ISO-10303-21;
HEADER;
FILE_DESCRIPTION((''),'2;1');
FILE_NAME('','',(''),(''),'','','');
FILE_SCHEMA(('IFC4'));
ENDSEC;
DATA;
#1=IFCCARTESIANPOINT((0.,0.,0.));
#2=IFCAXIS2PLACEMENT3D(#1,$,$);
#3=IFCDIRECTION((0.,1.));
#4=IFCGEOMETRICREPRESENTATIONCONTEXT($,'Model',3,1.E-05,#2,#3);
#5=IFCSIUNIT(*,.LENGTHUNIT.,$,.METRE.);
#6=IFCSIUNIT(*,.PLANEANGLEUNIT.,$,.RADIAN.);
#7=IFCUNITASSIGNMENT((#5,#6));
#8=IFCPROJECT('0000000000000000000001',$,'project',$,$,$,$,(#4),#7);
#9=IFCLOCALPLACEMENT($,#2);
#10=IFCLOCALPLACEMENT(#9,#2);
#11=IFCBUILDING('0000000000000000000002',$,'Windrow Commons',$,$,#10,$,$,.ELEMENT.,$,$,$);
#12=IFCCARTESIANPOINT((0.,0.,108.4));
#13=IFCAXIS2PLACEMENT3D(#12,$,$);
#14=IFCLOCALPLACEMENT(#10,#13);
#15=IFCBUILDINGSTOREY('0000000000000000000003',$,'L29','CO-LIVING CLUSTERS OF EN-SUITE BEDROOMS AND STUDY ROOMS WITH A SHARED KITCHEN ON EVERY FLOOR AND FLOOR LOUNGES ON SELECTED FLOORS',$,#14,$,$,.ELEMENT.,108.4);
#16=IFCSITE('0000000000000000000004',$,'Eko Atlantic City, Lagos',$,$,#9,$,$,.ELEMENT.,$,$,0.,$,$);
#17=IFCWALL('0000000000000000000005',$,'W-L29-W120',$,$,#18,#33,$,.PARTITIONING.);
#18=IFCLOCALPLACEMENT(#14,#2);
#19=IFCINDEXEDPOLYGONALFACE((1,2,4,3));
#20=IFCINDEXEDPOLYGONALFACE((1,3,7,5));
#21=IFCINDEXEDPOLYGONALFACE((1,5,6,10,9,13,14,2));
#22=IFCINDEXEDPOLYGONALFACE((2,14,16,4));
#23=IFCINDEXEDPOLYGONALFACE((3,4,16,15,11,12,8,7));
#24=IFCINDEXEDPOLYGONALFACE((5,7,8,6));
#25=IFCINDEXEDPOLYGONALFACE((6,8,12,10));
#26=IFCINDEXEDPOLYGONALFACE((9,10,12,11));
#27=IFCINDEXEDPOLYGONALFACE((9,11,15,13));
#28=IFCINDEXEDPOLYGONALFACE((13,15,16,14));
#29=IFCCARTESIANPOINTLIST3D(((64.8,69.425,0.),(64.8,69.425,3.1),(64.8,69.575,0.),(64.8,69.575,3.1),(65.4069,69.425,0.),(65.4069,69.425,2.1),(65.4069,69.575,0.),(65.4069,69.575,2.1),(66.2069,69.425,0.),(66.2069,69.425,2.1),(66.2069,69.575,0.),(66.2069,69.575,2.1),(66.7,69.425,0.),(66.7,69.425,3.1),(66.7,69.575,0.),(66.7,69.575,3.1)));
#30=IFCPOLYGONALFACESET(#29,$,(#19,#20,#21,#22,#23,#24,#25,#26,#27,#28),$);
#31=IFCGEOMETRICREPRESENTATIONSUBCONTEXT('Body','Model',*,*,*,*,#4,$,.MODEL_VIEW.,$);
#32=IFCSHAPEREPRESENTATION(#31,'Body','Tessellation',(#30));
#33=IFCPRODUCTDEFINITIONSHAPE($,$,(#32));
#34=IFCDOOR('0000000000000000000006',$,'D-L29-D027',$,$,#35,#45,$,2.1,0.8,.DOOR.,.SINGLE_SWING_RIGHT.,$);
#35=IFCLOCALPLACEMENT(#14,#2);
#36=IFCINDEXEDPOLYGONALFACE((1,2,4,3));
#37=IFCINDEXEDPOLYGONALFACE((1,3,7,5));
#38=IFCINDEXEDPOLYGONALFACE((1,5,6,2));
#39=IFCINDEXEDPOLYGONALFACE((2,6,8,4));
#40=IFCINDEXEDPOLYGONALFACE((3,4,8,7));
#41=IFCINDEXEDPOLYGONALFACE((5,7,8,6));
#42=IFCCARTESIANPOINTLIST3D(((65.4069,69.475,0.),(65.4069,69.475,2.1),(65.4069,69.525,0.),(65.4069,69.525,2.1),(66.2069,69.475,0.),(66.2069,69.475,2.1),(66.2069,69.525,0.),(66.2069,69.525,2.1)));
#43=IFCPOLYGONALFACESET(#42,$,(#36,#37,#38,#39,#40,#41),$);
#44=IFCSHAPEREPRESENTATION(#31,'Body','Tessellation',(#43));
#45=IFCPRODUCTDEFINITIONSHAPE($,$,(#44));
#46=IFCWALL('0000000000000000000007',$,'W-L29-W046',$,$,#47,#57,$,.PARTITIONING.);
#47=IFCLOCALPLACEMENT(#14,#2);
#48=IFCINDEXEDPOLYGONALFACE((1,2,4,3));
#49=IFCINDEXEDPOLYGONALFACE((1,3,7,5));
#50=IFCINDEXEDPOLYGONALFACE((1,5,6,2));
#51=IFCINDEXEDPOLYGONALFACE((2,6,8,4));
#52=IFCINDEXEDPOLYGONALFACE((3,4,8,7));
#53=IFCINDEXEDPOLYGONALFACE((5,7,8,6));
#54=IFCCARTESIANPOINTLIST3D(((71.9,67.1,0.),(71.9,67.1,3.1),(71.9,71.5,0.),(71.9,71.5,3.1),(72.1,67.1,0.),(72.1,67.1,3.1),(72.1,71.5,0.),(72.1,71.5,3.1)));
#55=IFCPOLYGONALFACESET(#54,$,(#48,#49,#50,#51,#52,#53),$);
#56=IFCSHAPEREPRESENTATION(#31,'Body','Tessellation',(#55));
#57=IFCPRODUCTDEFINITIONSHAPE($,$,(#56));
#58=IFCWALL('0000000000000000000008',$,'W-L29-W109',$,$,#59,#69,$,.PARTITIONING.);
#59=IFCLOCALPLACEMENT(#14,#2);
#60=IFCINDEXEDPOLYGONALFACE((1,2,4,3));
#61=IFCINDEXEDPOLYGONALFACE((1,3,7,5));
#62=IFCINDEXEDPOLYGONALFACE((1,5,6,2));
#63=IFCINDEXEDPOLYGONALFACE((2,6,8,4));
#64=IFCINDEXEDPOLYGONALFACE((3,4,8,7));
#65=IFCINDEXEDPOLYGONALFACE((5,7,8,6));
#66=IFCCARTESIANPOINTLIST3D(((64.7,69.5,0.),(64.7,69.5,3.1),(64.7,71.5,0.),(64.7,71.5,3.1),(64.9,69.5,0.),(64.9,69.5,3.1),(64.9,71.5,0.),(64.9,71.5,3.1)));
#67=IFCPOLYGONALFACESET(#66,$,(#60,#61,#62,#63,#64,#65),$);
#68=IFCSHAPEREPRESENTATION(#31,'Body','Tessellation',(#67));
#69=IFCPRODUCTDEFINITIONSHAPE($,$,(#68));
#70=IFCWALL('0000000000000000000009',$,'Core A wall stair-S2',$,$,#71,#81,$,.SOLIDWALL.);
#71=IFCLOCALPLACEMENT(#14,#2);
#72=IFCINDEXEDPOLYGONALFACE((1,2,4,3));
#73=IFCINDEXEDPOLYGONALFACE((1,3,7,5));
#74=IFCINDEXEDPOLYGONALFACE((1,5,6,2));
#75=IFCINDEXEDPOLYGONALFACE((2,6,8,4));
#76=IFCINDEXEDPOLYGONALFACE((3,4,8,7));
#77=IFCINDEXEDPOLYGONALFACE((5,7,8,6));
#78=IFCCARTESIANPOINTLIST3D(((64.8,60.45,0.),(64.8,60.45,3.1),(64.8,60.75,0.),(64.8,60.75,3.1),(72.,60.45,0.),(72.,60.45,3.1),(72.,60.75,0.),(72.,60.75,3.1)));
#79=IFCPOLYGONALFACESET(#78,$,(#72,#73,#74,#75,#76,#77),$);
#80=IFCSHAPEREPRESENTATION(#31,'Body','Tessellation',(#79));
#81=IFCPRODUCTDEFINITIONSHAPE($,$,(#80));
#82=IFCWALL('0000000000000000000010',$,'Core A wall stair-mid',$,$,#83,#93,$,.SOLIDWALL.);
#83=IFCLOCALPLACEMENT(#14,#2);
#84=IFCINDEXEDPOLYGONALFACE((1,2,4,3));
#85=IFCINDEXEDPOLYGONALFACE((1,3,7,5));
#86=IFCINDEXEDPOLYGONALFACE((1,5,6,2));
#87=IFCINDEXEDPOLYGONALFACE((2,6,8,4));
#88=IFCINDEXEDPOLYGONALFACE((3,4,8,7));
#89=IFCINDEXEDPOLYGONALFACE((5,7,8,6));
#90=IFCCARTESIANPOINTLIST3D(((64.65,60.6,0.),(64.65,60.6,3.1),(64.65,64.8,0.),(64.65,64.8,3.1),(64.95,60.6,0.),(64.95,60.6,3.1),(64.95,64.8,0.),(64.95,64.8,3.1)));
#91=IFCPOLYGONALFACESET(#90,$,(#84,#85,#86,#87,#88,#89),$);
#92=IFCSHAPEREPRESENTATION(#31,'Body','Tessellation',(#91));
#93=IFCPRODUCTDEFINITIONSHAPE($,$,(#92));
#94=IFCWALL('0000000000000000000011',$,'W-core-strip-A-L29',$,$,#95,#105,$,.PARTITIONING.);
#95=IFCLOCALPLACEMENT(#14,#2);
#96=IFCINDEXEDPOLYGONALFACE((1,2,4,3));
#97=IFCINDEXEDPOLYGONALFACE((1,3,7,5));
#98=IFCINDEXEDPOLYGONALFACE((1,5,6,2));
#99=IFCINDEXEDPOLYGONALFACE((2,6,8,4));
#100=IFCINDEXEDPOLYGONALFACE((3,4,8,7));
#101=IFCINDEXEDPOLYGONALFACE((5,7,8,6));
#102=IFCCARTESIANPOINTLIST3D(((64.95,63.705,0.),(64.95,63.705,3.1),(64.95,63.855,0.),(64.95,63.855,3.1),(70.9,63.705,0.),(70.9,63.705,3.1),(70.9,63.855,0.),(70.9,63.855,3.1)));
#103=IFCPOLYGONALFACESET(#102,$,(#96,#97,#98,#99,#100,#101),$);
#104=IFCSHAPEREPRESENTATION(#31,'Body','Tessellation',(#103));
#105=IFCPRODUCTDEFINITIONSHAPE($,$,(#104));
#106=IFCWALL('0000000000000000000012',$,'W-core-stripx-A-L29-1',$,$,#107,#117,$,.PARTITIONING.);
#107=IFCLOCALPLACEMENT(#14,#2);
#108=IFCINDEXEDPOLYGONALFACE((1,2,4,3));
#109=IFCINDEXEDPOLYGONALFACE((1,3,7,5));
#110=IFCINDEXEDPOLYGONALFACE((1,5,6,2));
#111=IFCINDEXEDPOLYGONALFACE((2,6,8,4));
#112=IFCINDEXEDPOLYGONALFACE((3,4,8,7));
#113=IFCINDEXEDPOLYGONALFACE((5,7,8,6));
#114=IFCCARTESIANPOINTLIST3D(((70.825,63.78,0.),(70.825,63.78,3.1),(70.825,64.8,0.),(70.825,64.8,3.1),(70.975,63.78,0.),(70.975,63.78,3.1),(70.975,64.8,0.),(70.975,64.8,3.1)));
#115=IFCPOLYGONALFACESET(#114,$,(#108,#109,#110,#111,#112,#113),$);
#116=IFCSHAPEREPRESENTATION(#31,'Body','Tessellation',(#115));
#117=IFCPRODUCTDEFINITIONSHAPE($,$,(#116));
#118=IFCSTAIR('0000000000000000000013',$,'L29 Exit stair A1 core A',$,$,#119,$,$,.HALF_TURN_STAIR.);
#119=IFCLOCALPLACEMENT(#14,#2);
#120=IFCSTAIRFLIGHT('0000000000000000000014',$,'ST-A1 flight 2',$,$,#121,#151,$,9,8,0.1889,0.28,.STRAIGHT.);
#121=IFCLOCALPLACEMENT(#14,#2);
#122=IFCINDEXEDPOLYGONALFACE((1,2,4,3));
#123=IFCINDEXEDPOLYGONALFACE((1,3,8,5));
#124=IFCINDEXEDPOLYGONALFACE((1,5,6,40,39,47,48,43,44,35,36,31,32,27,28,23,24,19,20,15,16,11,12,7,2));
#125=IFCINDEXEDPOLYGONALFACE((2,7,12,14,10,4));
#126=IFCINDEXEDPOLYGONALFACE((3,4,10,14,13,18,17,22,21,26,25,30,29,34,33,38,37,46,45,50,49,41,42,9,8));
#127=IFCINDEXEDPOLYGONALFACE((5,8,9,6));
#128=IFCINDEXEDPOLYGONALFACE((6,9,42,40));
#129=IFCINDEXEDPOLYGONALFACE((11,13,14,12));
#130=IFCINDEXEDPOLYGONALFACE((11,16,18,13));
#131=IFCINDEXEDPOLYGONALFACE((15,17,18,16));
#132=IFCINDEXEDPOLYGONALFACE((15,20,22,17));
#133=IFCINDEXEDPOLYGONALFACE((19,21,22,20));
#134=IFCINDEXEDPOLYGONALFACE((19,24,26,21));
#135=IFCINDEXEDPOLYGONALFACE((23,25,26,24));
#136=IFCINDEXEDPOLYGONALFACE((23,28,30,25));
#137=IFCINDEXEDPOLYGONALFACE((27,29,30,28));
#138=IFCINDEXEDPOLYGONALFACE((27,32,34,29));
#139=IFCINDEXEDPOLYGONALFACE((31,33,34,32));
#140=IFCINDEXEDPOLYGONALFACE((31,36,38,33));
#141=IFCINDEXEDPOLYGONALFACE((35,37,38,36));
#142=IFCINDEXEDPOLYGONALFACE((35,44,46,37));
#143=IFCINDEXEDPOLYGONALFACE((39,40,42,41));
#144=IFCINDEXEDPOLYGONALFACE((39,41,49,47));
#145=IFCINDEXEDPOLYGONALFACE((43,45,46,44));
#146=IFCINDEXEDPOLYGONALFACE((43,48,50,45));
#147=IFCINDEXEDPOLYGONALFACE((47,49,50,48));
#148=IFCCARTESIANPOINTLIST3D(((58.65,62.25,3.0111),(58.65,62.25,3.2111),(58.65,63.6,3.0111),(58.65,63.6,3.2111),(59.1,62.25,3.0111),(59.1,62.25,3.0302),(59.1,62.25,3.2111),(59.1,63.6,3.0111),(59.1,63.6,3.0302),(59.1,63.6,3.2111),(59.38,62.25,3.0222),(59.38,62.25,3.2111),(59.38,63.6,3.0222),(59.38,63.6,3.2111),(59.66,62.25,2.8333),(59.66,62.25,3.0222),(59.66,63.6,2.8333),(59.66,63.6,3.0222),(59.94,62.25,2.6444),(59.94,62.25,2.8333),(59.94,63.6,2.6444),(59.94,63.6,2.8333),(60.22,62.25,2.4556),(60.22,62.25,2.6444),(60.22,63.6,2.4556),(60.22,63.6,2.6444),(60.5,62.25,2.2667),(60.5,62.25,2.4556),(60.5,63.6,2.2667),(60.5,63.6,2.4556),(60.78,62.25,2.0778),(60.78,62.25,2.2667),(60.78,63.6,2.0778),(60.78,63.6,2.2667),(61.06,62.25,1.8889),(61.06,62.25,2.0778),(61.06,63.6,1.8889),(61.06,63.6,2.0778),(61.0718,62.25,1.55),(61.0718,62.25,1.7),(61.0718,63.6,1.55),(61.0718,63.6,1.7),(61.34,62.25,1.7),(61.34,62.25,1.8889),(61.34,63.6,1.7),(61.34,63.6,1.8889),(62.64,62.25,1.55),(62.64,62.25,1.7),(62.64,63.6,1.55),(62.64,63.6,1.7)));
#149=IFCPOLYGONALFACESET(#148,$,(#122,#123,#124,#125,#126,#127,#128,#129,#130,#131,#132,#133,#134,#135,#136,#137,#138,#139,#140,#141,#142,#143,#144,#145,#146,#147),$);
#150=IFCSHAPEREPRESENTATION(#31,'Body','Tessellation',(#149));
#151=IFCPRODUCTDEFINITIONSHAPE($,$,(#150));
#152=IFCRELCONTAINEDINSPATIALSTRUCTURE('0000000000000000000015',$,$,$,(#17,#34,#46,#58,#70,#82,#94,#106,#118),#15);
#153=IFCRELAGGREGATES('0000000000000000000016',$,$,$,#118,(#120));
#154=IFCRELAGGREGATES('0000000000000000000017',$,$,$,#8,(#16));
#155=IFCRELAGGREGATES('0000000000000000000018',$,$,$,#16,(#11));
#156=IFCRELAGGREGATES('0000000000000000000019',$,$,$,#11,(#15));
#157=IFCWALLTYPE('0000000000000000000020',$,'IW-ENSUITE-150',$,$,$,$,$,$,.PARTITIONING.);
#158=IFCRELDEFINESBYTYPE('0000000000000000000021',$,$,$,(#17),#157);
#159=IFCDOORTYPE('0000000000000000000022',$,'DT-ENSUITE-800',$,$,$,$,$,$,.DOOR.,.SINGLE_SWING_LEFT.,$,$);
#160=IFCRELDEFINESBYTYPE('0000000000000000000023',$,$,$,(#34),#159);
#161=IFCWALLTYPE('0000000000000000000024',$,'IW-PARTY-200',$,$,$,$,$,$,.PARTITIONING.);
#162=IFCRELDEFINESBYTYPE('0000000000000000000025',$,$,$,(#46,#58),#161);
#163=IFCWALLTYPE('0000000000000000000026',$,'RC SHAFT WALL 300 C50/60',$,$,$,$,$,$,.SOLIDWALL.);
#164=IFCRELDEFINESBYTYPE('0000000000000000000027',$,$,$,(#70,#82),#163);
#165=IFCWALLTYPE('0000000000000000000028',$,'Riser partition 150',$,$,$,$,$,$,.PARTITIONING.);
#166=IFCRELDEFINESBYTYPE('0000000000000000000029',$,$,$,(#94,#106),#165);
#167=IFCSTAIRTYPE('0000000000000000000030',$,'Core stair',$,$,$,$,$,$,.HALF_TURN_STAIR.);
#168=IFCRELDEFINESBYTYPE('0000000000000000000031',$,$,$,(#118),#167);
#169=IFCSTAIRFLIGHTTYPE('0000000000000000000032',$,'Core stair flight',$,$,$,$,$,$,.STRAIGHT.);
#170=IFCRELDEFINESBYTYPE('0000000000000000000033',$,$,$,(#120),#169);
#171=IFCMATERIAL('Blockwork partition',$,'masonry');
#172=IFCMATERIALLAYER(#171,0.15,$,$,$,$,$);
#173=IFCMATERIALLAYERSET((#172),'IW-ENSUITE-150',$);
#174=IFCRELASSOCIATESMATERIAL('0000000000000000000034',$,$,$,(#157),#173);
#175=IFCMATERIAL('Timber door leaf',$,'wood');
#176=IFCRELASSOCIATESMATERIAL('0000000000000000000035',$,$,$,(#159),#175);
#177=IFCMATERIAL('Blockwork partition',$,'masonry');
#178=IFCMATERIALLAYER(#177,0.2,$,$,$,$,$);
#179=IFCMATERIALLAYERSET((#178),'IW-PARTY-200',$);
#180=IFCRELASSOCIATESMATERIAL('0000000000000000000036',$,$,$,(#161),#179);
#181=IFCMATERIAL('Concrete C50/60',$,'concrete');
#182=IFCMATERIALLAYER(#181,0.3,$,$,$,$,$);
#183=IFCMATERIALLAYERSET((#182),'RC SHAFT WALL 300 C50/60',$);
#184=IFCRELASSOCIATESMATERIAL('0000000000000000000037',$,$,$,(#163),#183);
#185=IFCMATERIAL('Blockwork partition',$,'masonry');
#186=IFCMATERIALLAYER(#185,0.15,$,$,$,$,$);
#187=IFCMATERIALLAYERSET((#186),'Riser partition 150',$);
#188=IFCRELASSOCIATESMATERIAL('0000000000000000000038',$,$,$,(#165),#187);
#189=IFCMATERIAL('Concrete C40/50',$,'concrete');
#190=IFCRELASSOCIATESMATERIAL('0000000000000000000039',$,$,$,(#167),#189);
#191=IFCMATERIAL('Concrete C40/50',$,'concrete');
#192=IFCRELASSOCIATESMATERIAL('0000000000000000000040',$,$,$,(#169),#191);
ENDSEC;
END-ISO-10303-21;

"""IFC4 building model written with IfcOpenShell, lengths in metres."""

from ifc_helpers import new_model, si_unit, direction, frame, frame_2d, origin, place, context, subcontext, project, spatial, polyline, rectangle, outline, extrude, material, layer, layer_set, type_object, element, fill, aggregate, save


model = new_model("IFC4")

# Units and contexts
model_context = context("Model", 3, precision=1e-05, world=origin(), true_north=direction((0.0, 1.0)))
body_context = subcontext(model_context, "Body", "Model", "MODEL_VIEW")
ifc_project = project(units=[si_unit("LENGTHUNIT", "METRE"), si_unit("PLANEANGLEUNIT", "RADIAN")], contexts=[model_context])

# Site, building, storey
site_placement = place(None, origin())
site = spatial("IfcSite", under=ifc_project, at=site_placement, Name="Eko Atlantic City, Lagos", CompositionType="ELEMENT", RefElevation=0.0)
building_placement = place(site_placement, origin())
building = spatial("IfcBuilding", under=site, at=building_placement, Name="Windrow Commons", CompositionType="ELEMENT")
storey_placement = place(building_placement, frame((0.0, 0.0, 108.4)))
storey = spatial("IfcBuildingStorey", under=building, at=storey_placement, Name="L29", Description="CO-LIVING CLUSTERS OF EN-SUITE BEDROOMS AND STUDY ROOMS WITH A SHARED KITCHEN ON EVERY FLOOR AND FLOOR LOUNGES ON SELECTED FLOORS", CompositionType="ELEMENT", Elevation=108.4)

# Shared definitions
ifc_material_1 = material(Name="Blockwork partition", Category="masonry")
ifc_layer_1 = layer(ifc_material_1, 0.15)
ifc_layer_set_1 = layer_set([ifc_layer_1], Name="IW-ENSUITE-150")
wall_type_1 = type_object("IfcWallType", Name="IW-ENSUITE-150", PredefinedType="PARTITIONING", material=ifc_layer_set_1)

# Wall, opening, door
wall_1_placement = place(storey_placement, frame((64.8, 69.5, 0.0), z_axis=(0.0, 0.0, 1.0), x_axis=(1.0, 0.0, 0.0)))
wall_1 = element("IfcWall", 1, at=wall_1_placement, inside=storey, type_object=wall_type_1, Name="W-L29-W120", PredefinedType="PARTITIONING", context=body_context, shape_type="SweptSolid", body=[
    extrude(rectangle(XDim=1.9, YDim=0.15, at=frame_2d((0.95, 0.0))), origin(), (0.0, 0.0, 1.0), 3.1),
])
opening_1_placement = place(wall_1_placement, frame((0.6069, 0.0, 0.0)))
opening_1 = element("IfcOpeningElement", 2, at=opening_1_placement, cuts=wall_1, PredefinedType="OPENING", context=body_context, shape_type="SweptSolid", body=[
    extrude(rectangle(XDim=0.8, YDim=2.1, at=frame_2d((0.4, 1.05))), frame((0.0, 0.085, 0.0), z_axis=(0.0, -1.0, 0.0), x_axis=(1.0, 0.0, 0.0)), (0.0, 0.0, 1.0), 0.17),
])
ifc_material_2 = material(Name="Timber door leaf", Category="wood")
door_type = type_object("IfcDoorType", Name="DT-ENSUITE-800", OperationType="SINGLE_SWING_LEFT", PredefinedType="DOOR", material=ifc_material_2)
door_placement = place(opening_1_placement, origin())
door = element("IfcDoor", 3, at=door_placement, inside=storey, type_object=door_type, Name="D-L29-D027", OperationType="SINGLE_SWING_RIGHT", OverallHeight=2.1, OverallWidth=0.8, PredefinedType="DOOR", context=body_context, shape_type="SweptSolid", body=[
    extrude(rectangle(XDim=0.8, YDim=2.1, at=frame_2d((0.4, 1.05))), frame((0.0, 0.025, 0.0), z_axis=(0.0, -1.0, 0.0), x_axis=(1.0, 0.0, 0.0)), (0.0, 0.0, 1.0), 0.05),
])
fill(opening_1, door)

# Walls
ifc_material_3 = material(Name="Blockwork partition", Category="masonry")
ifc_layer_2 = layer(ifc_material_3, 0.2)
ifc_layer_set_2 = layer_set([ifc_layer_2], Name="IW-PARTY-200")
wall_type_2 = type_object("IfcWallType", Name="IW-PARTY-200", PredefinedType="PARTITIONING", material=ifc_layer_set_2)
wall_2_placement = place(storey_placement, frame((72.0, 67.1, 0.0), z_axis=(0.0, 0.0, 1.0), x_axis=(0.0, 1.0, 0.0)))
element("IfcWall", 4, at=wall_2_placement, inside=storey, type_object=wall_type_2, Name="W-L29-W046", PredefinedType="PARTITIONING", context=body_context, shape_type="SweptSolid", body=[
    extrude(rectangle(XDim=4.4, YDim=0.2, at=frame_2d((2.2, 0.0))), origin(), (0.0, 0.0, 1.0), 3.1),
])
wall_3_placement = place(storey_placement, frame((64.8, 69.5, 0.0), z_axis=(0.0, 0.0, 1.0), x_axis=(0.0, 1.0, 0.0)))
element("IfcWall", 5, at=wall_3_placement, inside=storey, type_object=wall_type_2, Name="W-L29-W109", PredefinedType="PARTITIONING", context=body_context, shape_type="SweptSolid", body=[
    extrude(rectangle(XDim=2.0, YDim=0.2, at=frame_2d((1.0, 0.0))), origin(), (0.0, 0.0, 1.0), 3.1),
])
ifc_material_4 = material(Name="Concrete C50/60", Category="concrete")
ifc_layer_3 = layer(ifc_material_4, 0.3)
ifc_layer_set_3 = layer_set([ifc_layer_3], Name="RC SHAFT WALL 300 C50/60")
wall_type_3 = type_object("IfcWallType", Name="RC SHAFT WALL 300 C50/60", PredefinedType="SOLIDWALL", material=ifc_layer_set_3)
wall_4_placement = place(storey_placement, frame((64.8, 60.6, 0.0), z_axis=(0.0, 0.0, 1.0), x_axis=(1.0, 0.0, 0.0)))
element("IfcWall", 6, at=wall_4_placement, inside=storey, type_object=wall_type_3, Name="Core A wall stair-S2", PredefinedType="SOLIDWALL", context=body_context, shape_type="SweptSolid", body=[
    extrude(rectangle(XDim=7.2, YDim=0.3, at=frame_2d((3.6, 0.0))), origin(), (0.0, 0.0, 1.0), 3.1),
])
wall_5_placement = place(storey_placement, frame((64.8, 60.6, 0.0), z_axis=(0.0, 0.0, 1.0), x_axis=(0.0, 1.0, 0.0)))
element("IfcWall", 7, at=wall_5_placement, inside=storey, type_object=wall_type_3, Name="Core A wall stair-mid", PredefinedType="SOLIDWALL", context=body_context, shape_type="SweptSolid", body=[
    extrude(rectangle(XDim=4.2, YDim=0.3, at=frame_2d((2.1, 0.0))), origin(), (0.0, 0.0, 1.0), 3.1),
])
ifc_material_5 = material(Name="Blockwork partition", Category="masonry")
ifc_layer_4 = layer(ifc_material_5, 0.15)
ifc_layer_set_4 = layer_set([ifc_layer_4], Name="Riser partition 150")
wall_type_4 = type_object("IfcWallType", Name="Riser partition 150", PredefinedType="PARTITIONING", material=ifc_layer_set_4)
wall_6_placement = place(storey_placement, frame((64.95, 63.78, 0.0), z_axis=(0.0, 0.0, 1.0), x_axis=(1.0, 0.0, 0.0)))
element("IfcWall", 8, at=wall_6_placement, inside=storey, type_object=wall_type_4, Name="W-core-strip-A-L29", PredefinedType="PARTITIONING", context=body_context, shape_type="SweptSolid", body=[
    extrude(rectangle(XDim=5.95, YDim=0.15, at=frame_2d((2.975, 0.0))), origin(), (0.0, 0.0, 1.0), 3.1),
])
wall_7_placement = place(storey_placement, frame((70.9, 63.78, 0.0), z_axis=(0.0, 0.0, 1.0), x_axis=(0.0, 1.0, 0.0)))
element("IfcWall", 9, at=wall_7_placement, inside=storey, type_object=wall_type_4, Name="W-core-stripx-A-L29-1", PredefinedType="PARTITIONING", context=body_context, shape_type="SweptSolid", body=[
    extrude(rectangle(XDim=1.02, YDim=0.15, at=frame_2d((0.51, 0.0))), origin(), (0.0, 0.0, 1.0), 3.1),
])

# Stair, stair flight
ifc_material_6 = material(Name="Concrete C40/50", Category="concrete")
stair_type = type_object("IfcStairType", Name="Core stair", PredefinedType="HALF_TURN_STAIR", material=ifc_material_6)
placement = place(storey_placement, origin())
stair_1 = element("IfcStair", 10, at=placement, inside=storey, type_object=stair_type, Name="L29 Exit stair A1 core A", PredefinedType="HALF_TURN_STAIR")
ifc_material_7 = material(Name="Concrete C40/50", Category="concrete")
stair_flight_type = type_object("IfcStairFlightType", Name="Core stair flight", PredefinedType="STRAIGHT", material=ifc_material_7)
stair_flight_1_placement = place(storey_placement, frame((61.34, 62.925, 1.7), z_axis=(0.0, 0.0, 1.0), x_axis=(-1.0, 0.0, 0.0)))
stair_flight_1 = element("IfcStairFlight", 11, at=stair_flight_1_placement, type_object=stair_flight_type, Name="ST-A1 flight 2", NumberOfRisers=9, NumberOfTreads=8, PredefinedType="STRAIGHT", RiserHeight=0.1889, TreadLength=0.28, context=body_context, shape_type="SweptSolid", body=[
    extrude(outline(polyline([(-1.3, -0.15), (-1.3, 0.0), (0.0, 0.0), (0.0, 0.1889), (0.28, 0.1889), (0.28, 0.3778), (0.56, 0.3778), (0.56, 0.5667), (0.84, 0.5667), (0.84, 0.7556), (1.12, 0.7556), (1.12, 0.9444), (1.4, 0.9444), (1.4, 1.1333), (1.68, 1.1333), (1.68, 1.3222), (1.96, 1.3222), (1.96, 1.5111), (2.24, 1.5111), (2.69, 1.5111), (2.69, 1.3111), (2.24, 1.3111), (2.24, 1.3302), (0.2682, 0.0), (0.2682, -0.15), (-1.3, -0.15)])), frame((0.0, 0.675, 0.0), z_axis=(0.0, -1.0, 0.0), x_axis=(1.0, 0.0, 0.0)), (0.0, 0.0, 1.0), 1.35),
])
aggregate(stair_1, [stair_flight_1])

save(model, "model.ifc")
